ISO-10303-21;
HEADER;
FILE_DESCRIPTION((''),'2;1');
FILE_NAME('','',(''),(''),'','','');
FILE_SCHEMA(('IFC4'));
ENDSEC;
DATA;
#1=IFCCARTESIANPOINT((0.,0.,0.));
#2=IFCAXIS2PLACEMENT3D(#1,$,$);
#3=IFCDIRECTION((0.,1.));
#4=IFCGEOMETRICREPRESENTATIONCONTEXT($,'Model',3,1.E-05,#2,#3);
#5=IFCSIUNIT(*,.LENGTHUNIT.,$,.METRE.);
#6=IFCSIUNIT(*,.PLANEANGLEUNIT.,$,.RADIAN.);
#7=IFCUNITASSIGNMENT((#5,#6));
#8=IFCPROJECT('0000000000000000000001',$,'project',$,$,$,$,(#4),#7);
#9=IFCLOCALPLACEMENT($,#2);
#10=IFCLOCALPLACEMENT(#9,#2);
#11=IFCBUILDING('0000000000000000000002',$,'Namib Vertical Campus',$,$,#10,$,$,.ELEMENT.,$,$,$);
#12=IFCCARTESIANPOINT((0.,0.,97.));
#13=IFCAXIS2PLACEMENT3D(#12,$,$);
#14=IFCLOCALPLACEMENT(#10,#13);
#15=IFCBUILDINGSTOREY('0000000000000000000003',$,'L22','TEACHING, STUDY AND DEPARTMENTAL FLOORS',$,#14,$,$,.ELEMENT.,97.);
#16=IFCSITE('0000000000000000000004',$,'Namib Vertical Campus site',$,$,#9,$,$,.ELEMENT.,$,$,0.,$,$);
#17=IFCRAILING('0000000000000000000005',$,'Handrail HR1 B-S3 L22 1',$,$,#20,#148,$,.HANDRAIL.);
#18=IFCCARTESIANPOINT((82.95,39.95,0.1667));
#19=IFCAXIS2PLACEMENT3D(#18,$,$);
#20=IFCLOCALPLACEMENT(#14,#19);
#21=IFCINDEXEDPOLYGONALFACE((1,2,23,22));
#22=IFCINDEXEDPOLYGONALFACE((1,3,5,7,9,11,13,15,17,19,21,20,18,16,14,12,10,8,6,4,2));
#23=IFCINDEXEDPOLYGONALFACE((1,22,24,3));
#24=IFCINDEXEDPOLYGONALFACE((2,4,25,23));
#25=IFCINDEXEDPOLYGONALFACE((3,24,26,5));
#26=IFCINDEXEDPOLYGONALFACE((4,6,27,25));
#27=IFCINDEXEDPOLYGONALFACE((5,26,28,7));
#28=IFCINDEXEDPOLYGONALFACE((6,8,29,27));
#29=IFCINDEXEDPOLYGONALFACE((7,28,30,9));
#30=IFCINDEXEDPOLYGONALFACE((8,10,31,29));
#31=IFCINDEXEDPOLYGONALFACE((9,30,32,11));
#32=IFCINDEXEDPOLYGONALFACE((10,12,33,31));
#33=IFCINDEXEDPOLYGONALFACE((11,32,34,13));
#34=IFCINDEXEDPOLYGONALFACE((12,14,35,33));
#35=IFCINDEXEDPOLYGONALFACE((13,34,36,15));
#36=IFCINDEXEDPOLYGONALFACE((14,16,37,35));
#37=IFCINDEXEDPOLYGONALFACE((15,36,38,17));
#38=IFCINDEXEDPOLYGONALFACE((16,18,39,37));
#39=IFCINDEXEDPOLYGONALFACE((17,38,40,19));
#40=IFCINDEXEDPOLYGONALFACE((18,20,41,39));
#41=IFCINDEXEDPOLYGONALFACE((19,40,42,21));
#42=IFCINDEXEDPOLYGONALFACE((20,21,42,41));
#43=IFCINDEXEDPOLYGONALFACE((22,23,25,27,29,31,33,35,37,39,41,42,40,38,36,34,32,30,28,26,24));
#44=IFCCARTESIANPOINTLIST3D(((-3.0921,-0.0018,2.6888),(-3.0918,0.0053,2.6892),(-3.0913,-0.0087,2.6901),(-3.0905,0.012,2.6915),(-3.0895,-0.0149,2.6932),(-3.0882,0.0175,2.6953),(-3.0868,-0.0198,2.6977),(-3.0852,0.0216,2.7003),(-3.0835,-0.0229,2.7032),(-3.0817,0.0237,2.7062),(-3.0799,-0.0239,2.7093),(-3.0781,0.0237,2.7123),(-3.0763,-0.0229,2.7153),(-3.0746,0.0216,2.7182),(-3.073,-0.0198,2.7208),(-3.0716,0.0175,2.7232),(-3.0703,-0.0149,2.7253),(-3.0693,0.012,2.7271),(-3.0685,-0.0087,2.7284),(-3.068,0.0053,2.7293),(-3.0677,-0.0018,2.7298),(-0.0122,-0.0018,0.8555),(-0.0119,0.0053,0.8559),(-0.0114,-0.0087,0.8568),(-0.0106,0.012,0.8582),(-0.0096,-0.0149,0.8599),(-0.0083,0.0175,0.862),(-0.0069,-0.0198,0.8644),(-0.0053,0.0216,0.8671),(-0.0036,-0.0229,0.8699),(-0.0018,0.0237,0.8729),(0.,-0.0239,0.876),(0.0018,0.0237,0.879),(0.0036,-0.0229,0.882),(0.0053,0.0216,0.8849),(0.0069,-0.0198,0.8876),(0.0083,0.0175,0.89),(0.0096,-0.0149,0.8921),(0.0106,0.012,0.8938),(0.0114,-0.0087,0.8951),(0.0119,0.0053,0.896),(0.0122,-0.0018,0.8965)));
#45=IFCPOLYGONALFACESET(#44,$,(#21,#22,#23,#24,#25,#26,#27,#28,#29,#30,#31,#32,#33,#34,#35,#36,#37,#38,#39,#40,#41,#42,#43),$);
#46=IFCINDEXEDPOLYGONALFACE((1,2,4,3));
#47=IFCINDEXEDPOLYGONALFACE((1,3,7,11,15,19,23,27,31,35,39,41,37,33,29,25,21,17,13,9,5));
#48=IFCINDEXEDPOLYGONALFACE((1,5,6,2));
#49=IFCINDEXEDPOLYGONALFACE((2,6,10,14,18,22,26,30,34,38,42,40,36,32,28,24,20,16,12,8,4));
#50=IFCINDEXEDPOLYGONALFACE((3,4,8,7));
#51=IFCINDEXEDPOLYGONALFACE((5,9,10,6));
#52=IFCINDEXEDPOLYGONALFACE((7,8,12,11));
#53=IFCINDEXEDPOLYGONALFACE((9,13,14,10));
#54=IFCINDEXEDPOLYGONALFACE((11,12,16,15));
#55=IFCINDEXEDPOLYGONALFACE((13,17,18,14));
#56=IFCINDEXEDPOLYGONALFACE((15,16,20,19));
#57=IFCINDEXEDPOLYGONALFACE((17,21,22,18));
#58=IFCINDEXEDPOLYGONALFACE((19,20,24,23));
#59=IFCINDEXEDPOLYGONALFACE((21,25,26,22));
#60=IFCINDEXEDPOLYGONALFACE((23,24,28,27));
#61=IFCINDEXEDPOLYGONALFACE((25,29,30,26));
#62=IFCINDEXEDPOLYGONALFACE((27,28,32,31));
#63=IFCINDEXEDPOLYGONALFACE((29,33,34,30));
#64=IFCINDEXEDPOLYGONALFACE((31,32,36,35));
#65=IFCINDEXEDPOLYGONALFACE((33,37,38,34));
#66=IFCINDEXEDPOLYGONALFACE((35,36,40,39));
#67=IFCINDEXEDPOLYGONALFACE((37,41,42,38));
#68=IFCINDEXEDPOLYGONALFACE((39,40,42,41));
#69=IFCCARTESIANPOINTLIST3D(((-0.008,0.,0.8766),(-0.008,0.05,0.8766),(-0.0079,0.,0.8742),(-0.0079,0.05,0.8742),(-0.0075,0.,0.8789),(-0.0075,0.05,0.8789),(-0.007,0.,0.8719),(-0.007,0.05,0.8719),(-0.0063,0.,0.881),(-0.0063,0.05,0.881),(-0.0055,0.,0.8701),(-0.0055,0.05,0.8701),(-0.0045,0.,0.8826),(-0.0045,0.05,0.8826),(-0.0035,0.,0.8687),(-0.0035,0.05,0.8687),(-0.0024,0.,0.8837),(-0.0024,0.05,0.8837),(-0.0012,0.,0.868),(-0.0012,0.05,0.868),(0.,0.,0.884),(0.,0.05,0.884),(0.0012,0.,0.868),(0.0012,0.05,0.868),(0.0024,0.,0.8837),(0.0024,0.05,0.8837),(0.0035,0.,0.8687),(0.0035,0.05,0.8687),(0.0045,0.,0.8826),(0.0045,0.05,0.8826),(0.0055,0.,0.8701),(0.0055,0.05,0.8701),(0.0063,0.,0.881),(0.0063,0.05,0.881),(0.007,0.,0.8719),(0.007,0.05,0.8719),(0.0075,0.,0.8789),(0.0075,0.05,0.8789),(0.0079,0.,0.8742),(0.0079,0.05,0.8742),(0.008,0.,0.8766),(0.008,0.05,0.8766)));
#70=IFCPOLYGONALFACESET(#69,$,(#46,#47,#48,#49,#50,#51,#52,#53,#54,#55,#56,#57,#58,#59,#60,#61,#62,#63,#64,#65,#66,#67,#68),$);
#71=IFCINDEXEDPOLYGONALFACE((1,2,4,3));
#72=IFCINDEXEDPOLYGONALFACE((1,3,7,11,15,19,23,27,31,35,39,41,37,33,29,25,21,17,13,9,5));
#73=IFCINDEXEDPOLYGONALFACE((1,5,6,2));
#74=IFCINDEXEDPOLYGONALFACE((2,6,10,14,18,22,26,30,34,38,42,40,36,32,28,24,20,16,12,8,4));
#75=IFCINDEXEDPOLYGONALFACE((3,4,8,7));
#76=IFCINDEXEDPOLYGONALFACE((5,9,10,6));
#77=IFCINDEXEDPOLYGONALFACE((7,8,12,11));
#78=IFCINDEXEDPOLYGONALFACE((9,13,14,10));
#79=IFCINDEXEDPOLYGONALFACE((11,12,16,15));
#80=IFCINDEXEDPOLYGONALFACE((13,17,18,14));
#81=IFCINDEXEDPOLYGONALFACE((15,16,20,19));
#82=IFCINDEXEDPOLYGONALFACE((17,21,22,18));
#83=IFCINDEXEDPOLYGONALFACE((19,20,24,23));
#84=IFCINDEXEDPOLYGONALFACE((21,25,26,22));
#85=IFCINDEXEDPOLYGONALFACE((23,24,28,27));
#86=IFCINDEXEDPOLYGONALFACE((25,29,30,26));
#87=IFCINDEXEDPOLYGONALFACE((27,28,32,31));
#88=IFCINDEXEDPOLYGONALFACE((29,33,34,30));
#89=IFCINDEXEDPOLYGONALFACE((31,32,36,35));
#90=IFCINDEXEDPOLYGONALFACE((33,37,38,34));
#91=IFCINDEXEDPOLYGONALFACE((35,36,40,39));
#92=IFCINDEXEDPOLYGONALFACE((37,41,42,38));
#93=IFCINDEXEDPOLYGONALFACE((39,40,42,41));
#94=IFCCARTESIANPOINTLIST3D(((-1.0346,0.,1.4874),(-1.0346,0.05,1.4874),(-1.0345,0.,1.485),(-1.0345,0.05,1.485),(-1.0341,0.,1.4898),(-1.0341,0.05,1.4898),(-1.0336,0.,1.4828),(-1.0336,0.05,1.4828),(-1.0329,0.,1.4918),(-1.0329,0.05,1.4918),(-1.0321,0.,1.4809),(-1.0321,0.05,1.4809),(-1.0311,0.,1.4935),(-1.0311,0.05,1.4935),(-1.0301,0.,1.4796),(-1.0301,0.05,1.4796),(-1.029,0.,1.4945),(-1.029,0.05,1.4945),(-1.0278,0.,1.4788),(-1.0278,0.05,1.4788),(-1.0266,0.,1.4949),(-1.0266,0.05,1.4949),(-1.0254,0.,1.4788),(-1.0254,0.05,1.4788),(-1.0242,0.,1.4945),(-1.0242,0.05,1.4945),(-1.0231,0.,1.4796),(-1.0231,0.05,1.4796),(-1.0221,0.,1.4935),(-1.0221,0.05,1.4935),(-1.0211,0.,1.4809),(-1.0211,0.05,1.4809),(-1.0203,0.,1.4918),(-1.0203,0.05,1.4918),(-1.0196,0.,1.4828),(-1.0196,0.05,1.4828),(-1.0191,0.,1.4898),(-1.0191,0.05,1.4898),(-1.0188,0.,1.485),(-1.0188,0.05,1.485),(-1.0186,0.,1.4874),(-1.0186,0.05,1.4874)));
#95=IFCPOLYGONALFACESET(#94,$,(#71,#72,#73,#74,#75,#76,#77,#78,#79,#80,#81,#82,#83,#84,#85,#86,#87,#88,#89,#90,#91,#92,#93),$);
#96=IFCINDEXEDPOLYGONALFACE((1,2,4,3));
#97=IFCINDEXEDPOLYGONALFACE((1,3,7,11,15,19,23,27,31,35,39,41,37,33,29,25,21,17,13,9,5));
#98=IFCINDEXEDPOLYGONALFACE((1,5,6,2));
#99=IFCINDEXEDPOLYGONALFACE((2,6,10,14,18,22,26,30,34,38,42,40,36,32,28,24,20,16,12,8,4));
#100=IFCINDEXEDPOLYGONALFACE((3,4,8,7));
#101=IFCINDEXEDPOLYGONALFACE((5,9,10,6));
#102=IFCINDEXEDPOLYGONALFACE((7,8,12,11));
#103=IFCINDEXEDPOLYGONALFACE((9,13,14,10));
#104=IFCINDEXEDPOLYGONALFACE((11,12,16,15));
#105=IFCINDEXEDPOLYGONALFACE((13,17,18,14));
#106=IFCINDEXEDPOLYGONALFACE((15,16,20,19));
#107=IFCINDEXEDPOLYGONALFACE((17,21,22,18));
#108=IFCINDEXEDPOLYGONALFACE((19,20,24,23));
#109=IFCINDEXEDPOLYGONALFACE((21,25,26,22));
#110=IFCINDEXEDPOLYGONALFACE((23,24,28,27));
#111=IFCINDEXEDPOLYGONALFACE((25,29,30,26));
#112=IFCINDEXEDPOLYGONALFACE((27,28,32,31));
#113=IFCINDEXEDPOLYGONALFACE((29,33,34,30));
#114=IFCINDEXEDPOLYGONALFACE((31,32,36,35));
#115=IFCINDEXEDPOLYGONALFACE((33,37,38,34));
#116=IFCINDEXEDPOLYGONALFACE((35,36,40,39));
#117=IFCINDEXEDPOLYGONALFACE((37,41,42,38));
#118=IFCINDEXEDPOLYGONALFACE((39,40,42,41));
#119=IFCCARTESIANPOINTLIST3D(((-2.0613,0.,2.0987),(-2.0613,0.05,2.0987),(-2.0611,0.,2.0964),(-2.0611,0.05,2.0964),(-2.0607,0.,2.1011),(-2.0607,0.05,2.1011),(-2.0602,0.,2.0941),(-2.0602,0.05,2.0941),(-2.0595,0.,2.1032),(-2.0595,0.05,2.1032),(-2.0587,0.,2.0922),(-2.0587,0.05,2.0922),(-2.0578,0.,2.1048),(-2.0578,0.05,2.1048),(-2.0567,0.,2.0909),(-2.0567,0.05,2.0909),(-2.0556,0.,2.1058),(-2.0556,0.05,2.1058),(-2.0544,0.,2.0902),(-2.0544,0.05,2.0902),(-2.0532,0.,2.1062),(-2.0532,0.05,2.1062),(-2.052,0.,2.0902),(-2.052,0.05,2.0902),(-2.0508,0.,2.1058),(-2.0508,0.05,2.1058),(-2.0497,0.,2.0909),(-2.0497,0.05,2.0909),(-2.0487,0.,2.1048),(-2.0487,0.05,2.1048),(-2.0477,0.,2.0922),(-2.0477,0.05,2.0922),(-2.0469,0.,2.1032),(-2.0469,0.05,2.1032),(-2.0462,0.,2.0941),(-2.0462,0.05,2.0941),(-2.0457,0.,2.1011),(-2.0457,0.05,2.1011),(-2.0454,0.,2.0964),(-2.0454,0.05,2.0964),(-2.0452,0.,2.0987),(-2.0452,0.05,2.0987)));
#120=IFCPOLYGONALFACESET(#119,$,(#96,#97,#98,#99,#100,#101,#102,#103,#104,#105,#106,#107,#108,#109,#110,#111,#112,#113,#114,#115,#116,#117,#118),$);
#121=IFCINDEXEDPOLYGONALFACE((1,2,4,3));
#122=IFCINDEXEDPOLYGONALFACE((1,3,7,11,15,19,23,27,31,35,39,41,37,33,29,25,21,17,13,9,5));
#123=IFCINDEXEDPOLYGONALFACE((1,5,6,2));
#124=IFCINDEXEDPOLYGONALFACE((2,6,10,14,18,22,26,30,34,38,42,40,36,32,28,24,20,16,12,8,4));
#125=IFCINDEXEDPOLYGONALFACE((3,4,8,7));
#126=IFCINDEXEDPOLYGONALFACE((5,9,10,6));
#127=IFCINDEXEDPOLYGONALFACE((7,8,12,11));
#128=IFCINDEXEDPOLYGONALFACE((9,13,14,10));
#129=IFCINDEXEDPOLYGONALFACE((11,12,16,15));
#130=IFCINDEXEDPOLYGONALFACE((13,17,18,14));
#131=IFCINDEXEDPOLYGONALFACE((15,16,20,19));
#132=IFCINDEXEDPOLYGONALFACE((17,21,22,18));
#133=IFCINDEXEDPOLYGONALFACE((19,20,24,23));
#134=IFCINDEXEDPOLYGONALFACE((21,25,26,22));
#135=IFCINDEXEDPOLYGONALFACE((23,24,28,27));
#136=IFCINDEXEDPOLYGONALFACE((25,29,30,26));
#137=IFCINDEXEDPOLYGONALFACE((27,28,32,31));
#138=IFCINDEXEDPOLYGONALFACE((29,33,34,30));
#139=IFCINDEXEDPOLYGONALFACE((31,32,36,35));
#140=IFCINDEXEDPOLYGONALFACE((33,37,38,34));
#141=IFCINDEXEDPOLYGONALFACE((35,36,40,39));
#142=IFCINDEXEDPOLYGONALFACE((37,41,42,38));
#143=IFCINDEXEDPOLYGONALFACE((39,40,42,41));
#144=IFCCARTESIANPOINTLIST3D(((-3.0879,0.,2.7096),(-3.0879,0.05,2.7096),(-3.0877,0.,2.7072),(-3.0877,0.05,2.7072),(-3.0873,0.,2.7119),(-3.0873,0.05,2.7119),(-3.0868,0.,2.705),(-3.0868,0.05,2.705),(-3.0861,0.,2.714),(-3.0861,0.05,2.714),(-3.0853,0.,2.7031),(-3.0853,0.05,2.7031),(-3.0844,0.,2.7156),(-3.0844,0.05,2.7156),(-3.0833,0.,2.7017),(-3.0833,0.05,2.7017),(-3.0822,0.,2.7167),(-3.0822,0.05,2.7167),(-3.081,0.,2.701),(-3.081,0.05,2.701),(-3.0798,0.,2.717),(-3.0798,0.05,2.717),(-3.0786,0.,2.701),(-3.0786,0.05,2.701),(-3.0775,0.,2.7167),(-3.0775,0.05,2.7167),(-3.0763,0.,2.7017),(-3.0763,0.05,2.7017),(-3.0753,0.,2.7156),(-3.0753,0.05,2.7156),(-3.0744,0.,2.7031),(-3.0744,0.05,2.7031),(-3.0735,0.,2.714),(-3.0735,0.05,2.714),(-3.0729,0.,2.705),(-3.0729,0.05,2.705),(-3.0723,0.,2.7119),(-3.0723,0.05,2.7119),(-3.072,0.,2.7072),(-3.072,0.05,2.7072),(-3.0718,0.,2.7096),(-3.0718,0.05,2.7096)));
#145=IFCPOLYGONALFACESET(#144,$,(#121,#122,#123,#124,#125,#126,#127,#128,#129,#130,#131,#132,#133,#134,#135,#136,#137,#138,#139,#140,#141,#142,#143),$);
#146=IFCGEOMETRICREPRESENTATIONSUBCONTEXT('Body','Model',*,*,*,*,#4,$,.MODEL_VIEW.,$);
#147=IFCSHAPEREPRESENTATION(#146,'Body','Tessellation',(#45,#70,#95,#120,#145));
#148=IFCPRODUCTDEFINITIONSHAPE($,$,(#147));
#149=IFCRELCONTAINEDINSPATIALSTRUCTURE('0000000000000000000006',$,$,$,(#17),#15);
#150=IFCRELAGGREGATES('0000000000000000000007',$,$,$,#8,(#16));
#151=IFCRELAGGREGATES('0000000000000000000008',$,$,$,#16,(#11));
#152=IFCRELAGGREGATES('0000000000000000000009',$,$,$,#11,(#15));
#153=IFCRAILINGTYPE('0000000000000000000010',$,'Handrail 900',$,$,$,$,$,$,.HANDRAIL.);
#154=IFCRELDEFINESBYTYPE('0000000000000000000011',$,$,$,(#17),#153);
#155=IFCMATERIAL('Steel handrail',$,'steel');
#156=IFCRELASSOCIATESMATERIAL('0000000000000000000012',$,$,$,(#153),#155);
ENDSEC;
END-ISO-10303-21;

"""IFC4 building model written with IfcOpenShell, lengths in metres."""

from ifc_helpers import new_model, si_unit, direction, frame, origin, origin_2d, place, context, subcontext, project, spatial, circle, extrude, material, type_object, element, save


model = new_model("IFC4")

# Units and contexts
model_context = context("Model", 3, precision=1e-05, world=origin(), true_north=direction((0.0, 1.0)))
body_context = subcontext(model_context, "Body", "Model", "MODEL_VIEW")
ifc_project = project(units=[si_unit("LENGTHUNIT", "METRE"), si_unit("PLANEANGLEUNIT", "RADIAN")], contexts=[model_context])

# Site, building, storey
site_placement = place(None, origin())
site = spatial("IfcSite", under=ifc_project, at=site_placement, Name="Namib Vertical Campus site", CompositionType="ELEMENT", RefElevation=0.0)
building_placement = place(site_placement, origin())
building = spatial("IfcBuilding", under=site, at=building_placement, Name="Namib Vertical Campus", CompositionType="ELEMENT")
storey_placement = place(building_placement, frame((0.0, 0.0, 97.0)))
storey = spatial("IfcBuildingStorey", under=building, at=storey_placement, Name="L22", Description="TEACHING, STUDY AND DEPARTMENTAL FLOORS", CompositionType="ELEMENT", Elevation=97.0)

# Railing
ifc_material_1 = material(Name="Steel handrail", Category="steel")
railing_type_1 = type_object("IfcRailingType", Name="Handrail 900", PredefinedType="HANDRAIL", material=ifc_material_1)
railing_1_placement = place(storey_placement, frame((82.95, 39.95, 0.1667)))
element("IfcRailing", 1, at=railing_1_placement, inside=storey, type_object=railing_type_1, Name="Handrail HR1 B-S3 L22 1", PredefinedType="HANDRAIL", context=body_context, shape_type="SweptSolid", body=[
    extrude(circle(Radius=0.0239, at=origin_2d()), frame((0.0, 0.0, 0.876), z_axis=(-0.859291, 0.0, 0.511487), x_axis=(0.0, -1.0, 0.0)), (0.0, 0.0, 1.0), 3.5842),
    extrude(circle(Radius=0.0081, at=origin_2d()), frame((0.0, 0.0, 0.876), z_axis=(0.0, 1.0, 0.0), x_axis=(0.0, 0.0, 1.0)), (0.0, 0.0, 1.0), 0.05),
    extrude(circle(Radius=0.0081, at=origin_2d()), frame((-1.0266, 0.0, 1.4868), z_axis=(0.0, 1.0, 0.0), x_axis=(0.0, 0.0, 1.0)), (0.0, 0.0, 1.0), 0.05),
    extrude(circle(Radius=0.0081, at=origin_2d()), frame((-2.0532, 0.0, 2.0981), z_axis=(0.0, 1.0, 0.0), x_axis=(0.0, 0.0, 1.0)), (0.0, 0.0, 1.0), 0.05),
    extrude(circle(Radius=0.0081, at=origin_2d()), frame((-3.0798, 0.0, 2.709), z_axis=(0.0, 1.0, 0.0), x_axis=(0.0, 0.0, 1.0)), (0.0, 0.0, 1.0), 0.05),
])

save(model, "model.ifc")
